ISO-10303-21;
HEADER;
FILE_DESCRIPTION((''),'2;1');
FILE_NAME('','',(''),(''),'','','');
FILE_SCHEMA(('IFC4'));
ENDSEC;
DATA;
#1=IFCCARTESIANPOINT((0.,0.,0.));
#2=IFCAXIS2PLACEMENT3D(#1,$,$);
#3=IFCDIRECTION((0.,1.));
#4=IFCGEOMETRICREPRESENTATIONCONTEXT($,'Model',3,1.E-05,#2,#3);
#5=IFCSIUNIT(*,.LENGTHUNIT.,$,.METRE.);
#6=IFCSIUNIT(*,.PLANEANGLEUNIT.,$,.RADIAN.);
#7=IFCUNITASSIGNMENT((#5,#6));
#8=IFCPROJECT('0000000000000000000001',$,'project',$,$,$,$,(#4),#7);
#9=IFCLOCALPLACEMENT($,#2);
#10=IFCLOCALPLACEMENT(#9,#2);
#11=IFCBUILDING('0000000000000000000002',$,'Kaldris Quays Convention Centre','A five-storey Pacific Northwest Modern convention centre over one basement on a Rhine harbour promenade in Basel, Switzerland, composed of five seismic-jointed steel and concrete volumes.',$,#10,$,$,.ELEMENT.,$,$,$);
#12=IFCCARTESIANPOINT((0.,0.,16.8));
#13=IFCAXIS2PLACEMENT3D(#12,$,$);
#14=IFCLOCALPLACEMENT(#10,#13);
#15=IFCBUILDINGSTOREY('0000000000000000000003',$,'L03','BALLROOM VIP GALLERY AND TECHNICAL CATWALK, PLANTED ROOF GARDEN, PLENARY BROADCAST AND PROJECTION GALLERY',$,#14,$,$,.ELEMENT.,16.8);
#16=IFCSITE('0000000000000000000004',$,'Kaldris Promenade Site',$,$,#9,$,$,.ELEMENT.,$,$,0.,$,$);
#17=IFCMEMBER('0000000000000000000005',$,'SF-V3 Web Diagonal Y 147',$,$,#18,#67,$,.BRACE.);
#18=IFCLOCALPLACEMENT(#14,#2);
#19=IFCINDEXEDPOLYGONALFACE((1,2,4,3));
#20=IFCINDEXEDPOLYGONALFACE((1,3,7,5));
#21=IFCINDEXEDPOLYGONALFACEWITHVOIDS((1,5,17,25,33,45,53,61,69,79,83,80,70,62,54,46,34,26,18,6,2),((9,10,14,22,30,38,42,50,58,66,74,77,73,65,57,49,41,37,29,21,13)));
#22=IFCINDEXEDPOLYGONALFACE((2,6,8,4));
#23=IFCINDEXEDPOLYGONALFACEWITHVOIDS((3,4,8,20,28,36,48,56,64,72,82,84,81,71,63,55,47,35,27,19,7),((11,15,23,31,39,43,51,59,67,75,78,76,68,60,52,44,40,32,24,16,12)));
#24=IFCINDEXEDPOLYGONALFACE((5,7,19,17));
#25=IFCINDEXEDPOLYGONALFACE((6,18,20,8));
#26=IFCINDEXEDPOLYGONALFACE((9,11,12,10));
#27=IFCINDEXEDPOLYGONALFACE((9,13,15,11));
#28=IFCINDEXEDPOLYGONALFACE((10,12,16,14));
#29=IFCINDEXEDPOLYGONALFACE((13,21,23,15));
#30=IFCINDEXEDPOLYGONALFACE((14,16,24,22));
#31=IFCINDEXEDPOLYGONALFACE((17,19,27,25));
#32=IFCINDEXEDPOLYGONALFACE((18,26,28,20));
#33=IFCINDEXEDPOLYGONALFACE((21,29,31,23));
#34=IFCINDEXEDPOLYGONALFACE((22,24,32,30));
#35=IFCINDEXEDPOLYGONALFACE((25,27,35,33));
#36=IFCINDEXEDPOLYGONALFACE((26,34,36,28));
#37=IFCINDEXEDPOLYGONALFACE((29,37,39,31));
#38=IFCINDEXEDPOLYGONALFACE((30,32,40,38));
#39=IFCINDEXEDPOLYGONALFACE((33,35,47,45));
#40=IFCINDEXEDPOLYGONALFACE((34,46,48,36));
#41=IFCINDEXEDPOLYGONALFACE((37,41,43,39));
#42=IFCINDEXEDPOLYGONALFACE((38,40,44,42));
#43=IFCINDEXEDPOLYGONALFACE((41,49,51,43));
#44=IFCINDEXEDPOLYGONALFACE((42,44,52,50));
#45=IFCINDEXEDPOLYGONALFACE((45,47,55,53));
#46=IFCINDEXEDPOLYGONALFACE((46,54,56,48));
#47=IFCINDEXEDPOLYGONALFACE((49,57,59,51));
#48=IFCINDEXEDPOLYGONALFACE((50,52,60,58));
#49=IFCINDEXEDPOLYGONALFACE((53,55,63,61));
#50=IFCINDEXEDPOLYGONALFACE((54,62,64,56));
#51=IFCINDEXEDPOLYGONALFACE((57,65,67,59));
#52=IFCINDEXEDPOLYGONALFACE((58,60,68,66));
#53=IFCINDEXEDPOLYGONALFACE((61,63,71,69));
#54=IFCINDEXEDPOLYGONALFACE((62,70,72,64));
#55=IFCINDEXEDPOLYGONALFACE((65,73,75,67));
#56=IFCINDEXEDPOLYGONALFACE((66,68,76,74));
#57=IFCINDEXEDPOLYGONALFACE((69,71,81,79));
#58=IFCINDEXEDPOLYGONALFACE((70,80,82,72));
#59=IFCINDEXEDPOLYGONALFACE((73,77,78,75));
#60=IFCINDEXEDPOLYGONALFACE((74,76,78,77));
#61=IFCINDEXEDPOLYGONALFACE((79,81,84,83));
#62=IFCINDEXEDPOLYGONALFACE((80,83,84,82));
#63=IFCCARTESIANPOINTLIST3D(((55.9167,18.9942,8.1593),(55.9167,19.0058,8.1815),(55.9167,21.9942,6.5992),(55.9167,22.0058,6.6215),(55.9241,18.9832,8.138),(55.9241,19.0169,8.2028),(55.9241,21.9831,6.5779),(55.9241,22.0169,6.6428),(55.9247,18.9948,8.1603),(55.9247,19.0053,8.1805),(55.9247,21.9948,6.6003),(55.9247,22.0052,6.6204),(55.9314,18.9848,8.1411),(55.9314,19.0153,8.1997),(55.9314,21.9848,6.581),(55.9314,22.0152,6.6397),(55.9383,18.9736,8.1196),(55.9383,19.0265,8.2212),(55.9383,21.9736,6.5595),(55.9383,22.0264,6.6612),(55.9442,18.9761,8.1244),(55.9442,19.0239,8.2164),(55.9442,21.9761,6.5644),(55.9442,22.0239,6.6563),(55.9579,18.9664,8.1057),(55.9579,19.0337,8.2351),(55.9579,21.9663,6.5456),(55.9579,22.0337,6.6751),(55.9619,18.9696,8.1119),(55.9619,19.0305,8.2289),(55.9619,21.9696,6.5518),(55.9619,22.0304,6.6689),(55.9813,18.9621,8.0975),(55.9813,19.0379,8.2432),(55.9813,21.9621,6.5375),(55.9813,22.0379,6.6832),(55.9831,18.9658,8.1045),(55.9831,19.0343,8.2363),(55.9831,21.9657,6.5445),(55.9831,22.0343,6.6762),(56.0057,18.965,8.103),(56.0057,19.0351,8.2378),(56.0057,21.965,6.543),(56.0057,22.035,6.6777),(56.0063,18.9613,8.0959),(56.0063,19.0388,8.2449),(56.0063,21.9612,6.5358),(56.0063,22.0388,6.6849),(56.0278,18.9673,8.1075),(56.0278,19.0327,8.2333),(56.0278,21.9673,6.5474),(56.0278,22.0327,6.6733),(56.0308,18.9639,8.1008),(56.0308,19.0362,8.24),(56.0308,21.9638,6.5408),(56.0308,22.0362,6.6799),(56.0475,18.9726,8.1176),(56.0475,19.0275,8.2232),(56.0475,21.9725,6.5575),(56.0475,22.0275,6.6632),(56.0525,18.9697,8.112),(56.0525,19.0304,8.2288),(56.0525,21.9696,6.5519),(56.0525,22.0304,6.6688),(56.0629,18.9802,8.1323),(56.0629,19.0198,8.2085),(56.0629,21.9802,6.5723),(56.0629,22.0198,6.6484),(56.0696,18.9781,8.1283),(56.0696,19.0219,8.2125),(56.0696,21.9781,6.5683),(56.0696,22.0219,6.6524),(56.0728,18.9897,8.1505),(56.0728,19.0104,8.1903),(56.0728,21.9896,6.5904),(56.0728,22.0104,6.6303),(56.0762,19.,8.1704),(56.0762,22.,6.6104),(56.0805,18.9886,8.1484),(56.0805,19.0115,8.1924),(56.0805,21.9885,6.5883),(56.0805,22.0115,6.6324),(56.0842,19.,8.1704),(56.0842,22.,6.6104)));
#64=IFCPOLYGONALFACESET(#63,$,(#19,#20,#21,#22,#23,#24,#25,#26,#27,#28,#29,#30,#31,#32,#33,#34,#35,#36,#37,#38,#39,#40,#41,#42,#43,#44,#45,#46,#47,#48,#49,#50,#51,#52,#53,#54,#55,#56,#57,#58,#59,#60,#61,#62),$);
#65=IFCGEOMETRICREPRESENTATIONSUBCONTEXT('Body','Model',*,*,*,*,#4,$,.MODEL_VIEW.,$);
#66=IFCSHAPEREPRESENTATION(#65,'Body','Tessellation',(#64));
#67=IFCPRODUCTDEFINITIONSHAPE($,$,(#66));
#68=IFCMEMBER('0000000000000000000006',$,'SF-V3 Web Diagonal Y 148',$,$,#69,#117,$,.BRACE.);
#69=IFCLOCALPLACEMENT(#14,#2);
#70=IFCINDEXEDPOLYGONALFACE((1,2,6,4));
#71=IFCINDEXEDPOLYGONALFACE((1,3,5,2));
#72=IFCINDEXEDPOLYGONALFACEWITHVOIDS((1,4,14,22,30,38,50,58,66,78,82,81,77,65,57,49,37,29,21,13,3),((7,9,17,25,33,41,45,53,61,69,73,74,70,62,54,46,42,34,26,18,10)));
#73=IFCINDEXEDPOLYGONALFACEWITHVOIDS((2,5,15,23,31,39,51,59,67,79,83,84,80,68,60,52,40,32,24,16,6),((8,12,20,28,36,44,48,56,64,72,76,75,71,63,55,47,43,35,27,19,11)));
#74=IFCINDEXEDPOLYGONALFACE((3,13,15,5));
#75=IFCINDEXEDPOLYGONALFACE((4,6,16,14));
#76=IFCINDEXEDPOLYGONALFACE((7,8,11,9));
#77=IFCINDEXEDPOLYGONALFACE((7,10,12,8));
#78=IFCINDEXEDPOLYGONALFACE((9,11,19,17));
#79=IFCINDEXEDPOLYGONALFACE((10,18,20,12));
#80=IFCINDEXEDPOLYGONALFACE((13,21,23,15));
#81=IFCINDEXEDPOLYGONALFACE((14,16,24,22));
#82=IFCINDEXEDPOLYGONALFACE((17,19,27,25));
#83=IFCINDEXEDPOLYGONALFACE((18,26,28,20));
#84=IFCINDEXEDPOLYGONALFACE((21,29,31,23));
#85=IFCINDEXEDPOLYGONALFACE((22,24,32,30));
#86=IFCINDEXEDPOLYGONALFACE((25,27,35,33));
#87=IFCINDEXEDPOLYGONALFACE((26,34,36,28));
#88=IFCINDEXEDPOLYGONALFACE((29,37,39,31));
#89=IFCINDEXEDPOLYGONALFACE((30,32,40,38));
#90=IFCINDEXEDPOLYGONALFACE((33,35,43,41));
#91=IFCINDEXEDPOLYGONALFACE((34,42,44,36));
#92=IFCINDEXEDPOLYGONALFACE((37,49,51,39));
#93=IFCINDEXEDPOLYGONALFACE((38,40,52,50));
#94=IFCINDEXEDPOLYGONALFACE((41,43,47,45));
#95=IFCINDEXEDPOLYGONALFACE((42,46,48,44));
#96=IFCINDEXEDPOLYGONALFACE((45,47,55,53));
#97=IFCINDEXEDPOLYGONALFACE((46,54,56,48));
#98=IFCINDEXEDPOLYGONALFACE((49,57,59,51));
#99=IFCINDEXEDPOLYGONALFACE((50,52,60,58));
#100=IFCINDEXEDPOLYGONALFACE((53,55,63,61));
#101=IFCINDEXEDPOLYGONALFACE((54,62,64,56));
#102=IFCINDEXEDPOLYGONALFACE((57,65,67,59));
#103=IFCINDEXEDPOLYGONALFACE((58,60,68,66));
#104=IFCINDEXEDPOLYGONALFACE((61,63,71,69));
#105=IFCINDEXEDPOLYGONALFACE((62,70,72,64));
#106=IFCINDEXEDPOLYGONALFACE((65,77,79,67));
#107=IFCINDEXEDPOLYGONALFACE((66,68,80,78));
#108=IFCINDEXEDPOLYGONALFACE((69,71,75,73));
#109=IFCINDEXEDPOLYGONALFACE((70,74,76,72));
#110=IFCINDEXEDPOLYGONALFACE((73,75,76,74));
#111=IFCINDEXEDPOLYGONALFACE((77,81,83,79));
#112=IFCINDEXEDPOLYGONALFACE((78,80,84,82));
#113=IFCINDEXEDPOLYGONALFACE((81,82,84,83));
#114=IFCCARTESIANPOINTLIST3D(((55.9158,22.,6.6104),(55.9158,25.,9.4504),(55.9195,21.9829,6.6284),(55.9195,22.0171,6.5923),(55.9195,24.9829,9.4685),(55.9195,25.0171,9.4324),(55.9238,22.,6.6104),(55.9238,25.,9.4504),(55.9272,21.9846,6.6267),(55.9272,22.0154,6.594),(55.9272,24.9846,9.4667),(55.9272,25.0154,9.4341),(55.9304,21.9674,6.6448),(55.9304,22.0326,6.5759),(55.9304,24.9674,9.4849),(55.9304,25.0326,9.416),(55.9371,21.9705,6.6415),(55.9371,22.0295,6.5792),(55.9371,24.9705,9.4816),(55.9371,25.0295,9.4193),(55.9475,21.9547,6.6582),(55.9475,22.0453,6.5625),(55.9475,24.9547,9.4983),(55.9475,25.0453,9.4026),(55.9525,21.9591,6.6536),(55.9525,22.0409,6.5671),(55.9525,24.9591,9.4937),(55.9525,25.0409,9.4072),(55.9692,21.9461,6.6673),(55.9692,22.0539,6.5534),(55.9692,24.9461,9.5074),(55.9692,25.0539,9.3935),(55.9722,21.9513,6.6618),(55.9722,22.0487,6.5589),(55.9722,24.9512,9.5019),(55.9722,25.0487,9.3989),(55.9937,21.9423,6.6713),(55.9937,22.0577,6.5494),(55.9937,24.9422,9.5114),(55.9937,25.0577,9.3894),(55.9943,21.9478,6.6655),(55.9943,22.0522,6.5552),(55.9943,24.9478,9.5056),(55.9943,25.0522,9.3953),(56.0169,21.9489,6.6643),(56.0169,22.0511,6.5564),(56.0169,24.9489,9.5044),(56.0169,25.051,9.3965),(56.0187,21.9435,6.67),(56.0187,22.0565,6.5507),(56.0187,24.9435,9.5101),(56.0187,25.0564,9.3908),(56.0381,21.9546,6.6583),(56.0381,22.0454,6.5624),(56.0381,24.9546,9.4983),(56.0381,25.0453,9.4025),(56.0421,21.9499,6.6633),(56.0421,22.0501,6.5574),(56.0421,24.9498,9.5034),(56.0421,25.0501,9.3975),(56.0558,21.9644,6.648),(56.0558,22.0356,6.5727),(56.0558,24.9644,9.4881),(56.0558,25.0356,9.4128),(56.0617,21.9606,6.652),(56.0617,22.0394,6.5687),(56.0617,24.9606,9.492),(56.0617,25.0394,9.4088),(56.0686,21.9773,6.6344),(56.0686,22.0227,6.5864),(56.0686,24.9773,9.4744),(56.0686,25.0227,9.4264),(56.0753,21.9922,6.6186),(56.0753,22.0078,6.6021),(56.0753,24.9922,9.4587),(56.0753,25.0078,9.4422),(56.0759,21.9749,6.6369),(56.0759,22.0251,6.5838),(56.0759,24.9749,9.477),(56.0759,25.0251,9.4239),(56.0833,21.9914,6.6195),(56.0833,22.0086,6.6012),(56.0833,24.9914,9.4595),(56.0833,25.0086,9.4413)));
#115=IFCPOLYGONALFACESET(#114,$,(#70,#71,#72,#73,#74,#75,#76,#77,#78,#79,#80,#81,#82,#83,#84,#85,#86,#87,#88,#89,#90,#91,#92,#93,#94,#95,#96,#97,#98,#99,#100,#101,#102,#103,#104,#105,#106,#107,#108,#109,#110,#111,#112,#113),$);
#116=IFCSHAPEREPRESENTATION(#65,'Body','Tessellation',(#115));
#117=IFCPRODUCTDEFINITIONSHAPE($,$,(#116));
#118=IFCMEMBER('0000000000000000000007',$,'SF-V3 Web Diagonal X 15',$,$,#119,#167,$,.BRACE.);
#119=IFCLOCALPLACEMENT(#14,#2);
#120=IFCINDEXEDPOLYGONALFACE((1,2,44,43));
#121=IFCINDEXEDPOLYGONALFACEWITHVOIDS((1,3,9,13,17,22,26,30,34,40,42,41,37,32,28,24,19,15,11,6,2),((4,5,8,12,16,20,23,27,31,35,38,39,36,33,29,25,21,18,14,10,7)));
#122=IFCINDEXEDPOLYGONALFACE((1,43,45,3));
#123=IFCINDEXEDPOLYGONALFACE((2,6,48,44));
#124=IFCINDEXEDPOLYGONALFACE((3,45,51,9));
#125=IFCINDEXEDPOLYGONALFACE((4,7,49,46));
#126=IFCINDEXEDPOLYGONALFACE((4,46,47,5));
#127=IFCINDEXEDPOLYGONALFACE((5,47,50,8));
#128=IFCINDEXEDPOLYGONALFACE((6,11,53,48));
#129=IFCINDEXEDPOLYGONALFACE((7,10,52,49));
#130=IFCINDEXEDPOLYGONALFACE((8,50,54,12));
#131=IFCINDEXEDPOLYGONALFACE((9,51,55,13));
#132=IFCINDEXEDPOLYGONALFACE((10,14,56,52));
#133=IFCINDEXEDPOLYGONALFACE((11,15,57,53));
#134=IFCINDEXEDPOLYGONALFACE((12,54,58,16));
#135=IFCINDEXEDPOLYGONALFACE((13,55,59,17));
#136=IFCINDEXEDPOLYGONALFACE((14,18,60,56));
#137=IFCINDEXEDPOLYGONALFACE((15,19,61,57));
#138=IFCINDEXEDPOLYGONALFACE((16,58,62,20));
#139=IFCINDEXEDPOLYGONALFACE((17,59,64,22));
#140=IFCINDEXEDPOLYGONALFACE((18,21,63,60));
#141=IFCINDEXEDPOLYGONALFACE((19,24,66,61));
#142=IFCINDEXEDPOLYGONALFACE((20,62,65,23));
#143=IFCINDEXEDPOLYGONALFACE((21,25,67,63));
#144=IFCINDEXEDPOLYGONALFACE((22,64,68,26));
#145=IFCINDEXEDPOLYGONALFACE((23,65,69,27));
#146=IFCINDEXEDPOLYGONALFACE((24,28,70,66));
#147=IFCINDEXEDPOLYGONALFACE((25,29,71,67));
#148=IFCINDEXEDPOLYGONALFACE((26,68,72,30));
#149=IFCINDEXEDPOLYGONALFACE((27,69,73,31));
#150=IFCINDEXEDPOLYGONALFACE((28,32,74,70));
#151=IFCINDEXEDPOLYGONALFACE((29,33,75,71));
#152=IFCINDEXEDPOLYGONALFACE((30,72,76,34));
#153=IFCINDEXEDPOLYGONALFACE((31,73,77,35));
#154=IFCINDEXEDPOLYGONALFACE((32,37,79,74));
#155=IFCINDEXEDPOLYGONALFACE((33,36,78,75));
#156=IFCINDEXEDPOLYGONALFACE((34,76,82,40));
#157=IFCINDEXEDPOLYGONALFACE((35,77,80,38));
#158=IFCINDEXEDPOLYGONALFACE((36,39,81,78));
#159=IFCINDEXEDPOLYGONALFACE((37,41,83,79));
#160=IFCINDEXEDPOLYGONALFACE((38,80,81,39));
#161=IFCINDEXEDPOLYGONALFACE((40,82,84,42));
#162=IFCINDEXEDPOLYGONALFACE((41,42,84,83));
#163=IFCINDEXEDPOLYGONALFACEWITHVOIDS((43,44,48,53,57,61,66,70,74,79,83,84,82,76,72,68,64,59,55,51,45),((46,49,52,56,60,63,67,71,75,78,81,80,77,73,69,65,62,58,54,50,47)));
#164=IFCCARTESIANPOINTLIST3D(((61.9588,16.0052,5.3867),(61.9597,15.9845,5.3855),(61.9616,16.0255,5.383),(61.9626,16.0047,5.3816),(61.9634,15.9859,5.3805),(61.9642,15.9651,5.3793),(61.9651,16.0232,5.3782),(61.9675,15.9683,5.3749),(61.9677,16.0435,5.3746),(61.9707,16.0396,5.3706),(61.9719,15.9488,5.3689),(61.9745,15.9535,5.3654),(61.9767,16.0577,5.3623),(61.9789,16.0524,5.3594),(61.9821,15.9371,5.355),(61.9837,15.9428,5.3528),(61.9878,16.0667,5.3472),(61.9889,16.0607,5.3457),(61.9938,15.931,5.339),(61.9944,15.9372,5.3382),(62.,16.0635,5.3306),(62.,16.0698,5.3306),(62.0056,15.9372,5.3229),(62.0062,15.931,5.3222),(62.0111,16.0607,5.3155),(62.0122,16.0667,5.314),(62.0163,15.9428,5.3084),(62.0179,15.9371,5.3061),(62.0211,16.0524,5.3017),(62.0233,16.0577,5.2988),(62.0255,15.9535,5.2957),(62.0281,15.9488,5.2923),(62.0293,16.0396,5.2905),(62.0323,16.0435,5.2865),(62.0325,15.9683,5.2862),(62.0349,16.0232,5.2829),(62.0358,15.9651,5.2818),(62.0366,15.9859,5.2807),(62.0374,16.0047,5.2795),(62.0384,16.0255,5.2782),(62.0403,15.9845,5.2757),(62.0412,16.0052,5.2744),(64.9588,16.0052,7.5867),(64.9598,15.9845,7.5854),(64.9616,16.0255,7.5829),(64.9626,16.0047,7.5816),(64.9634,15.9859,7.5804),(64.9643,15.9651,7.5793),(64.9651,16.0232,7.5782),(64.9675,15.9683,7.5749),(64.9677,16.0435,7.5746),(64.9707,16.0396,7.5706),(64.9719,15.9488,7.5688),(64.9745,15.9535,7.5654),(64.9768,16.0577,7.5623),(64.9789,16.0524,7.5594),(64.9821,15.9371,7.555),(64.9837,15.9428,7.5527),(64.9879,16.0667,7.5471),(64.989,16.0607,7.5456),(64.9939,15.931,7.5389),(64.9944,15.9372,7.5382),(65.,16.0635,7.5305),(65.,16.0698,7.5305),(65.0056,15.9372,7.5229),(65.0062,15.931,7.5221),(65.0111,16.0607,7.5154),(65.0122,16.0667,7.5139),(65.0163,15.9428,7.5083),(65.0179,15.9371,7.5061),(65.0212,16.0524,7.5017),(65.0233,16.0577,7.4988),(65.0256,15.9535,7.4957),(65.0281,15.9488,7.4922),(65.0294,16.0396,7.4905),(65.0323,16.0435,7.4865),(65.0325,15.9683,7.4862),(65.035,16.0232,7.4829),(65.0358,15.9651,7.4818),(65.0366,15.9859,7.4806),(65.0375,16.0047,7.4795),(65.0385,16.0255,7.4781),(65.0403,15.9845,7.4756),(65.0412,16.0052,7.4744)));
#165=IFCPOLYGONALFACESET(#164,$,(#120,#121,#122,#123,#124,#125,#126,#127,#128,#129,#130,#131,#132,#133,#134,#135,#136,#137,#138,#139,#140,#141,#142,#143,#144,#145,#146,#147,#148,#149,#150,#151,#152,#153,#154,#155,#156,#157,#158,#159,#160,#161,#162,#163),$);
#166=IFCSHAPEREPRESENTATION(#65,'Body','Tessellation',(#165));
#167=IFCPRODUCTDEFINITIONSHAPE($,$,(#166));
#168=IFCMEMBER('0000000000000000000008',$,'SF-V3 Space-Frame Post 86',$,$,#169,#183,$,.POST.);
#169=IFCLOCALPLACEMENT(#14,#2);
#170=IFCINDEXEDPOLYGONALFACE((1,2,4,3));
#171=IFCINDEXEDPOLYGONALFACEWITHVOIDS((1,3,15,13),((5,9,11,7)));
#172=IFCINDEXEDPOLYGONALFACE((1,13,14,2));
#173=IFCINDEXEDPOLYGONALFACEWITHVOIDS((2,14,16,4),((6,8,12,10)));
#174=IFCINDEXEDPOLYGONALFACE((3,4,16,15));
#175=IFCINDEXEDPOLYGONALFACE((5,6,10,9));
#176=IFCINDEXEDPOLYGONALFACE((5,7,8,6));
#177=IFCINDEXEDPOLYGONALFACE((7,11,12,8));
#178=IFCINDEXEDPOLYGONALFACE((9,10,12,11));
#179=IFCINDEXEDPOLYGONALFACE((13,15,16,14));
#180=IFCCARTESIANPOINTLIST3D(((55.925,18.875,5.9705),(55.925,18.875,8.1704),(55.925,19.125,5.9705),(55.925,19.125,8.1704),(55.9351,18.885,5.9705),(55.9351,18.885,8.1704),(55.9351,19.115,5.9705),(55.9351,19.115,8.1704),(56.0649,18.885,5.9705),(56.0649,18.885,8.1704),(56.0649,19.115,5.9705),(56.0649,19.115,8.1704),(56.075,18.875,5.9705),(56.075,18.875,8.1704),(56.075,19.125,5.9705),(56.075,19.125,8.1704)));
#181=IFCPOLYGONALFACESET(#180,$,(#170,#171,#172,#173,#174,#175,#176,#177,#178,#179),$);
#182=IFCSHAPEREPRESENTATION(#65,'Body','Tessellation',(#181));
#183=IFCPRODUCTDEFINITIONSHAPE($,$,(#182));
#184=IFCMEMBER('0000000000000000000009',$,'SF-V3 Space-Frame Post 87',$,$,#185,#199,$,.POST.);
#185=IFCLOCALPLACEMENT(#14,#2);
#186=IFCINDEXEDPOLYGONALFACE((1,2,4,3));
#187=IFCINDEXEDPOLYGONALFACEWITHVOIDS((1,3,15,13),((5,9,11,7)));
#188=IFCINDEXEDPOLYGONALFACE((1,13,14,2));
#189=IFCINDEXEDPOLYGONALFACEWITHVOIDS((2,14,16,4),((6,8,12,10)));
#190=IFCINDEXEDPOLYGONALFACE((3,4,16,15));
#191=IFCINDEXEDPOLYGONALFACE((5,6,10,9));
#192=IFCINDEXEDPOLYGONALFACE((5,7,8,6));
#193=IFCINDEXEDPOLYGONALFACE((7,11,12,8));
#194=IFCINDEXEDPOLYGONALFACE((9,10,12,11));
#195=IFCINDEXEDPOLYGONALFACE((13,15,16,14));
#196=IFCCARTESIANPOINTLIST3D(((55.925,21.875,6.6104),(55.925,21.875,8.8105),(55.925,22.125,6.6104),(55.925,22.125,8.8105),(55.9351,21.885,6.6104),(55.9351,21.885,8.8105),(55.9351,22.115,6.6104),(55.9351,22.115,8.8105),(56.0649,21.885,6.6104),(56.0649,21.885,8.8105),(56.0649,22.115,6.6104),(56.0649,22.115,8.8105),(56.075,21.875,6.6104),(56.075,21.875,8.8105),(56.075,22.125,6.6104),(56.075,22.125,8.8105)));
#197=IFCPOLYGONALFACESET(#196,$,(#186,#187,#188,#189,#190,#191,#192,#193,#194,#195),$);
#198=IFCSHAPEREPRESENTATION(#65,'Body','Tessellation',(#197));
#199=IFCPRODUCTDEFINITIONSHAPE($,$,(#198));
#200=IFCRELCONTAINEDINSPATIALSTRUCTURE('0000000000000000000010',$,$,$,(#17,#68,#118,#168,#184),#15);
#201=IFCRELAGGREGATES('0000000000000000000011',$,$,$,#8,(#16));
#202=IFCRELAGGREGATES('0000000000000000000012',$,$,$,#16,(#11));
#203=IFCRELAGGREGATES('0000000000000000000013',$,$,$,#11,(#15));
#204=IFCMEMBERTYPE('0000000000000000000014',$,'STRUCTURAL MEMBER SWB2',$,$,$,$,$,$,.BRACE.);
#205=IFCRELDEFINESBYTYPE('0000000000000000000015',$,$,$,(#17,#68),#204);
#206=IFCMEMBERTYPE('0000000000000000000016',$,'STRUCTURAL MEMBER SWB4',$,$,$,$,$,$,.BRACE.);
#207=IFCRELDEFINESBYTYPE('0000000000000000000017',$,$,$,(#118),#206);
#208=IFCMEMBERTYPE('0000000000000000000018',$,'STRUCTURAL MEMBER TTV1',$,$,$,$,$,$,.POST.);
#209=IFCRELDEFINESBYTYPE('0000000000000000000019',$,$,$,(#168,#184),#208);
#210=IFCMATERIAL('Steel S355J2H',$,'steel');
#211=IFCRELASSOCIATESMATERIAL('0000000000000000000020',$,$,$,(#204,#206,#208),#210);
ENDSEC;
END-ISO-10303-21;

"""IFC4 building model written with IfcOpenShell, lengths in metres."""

from ifc_helpers import new_model, si_unit, direction, frame, origin, origin_2d, place, context, subcontext, project, spatial, hollow_rectangle, hollow_circle, extrude, material, material_profile, profile_set, type_object, element, save


model = new_model("IFC4")

# Units and contexts
model_context = context("Model", 3, precision=1e-05, world=origin(), true_north=direction((0.0, 1.0)))
body_context = subcontext(model_context, "Body", "Model", "MODEL_VIEW")
ifc_project = project(units=[si_unit("LENGTHUNIT", "METRE"), si_unit("PLANEANGLEUNIT", "RADIAN")], contexts=[model_context])

# Site, building, storey
site_placement = place(None, origin())
site = spatial("IfcSite", under=ifc_project, at=site_placement, Name="Kaldris Promenade Site", CompositionType="ELEMENT", RefElevation=0.0)
building_placement = place(site_placement, origin())
building = spatial("IfcBuilding", under=site, at=building_placement, Name="Kaldris Quays Convention Centre", Description="A five-storey Pacific Northwest Modern convention centre over one basement on a Rhine harbour promenade in Basel, Switzerland, composed of five seismic-jointed steel and concrete volumes.", CompositionType="ELEMENT")
storey_placement = place(building_placement, frame((0.0, 0.0, 16.8)))
storey = spatial("IfcBuildingStorey", under=building, at=storey_placement, Name="L03", Description="BALLROOM VIP GALLERY AND TECHNICAL CATWALK, PLANTED ROOF GARDEN, PLENARY BROADCAST AND PROJECTION GALLERY", CompositionType="ELEMENT", Elevation=16.8)

# Members
ifc_material_1 = material(Name="Steel S355J2H", Category="steel")
ifc_material_profile_1 = material_profile(ifc_material_1, hollow_circle(Radius=0.0842, WallThickness=0.0081, at=origin_2d()), Name="CHS 168.3x8")
ifc_profile_set_1 = profile_set([ifc_material_profile_1], Name="Steel S355J2H")
member_type_1 = type_object("IfcMemberType", Name="STRUCTURAL MEMBER SWB2", PredefinedType="BRACE", material=ifc_profile_set_1)
member_1_placement = place(storey_placement, frame((56.0, 22.0, 6.6104), z_axis=(0.0, -0.88721, 0.461366), x_axis=(1.0, 0.0, 0.0)))
element("IfcMember", 1, at=member_1_placement, inside=storey, type_object=member_type_1, Name="SF-V3 Web Diagonal Y 147", PredefinedType="BRACE", context=body_context, shape_type="SweptSolid", body=[
    extrude(hollow_circle(Radius=0.0842, WallThickness=0.0081, at=origin_2d()), origin(), (0.0, 0.0, 1.0), 3.3813),
])
member_2_placement = place(storey_placement, frame((56.0, 22.0, 6.6104), z_axis=(0.0, 0.726196, 0.687487), x_axis=(-1.0, 0.0, 0.0)))
element("IfcMember", 2, at=member_2_placement, inside=storey, type_object=member_type_1, Name="SF-V3 Web Diagonal Y 148", PredefinedType="BRACE", context=body_context, shape_type="SweptSolid", body=[
    extrude(hollow_circle(Radius=0.0842, WallThickness=0.0081, at=origin_2d()), origin(), (0.0, 0.0, 1.0), 4.1311),
])
ifc_material_profile_2 = material_profile(ifc_material_1, hollow_circle(Radius=0.0698, WallThickness=0.0063, at=origin_2d()), Name="CHS 139.7x6.3")
ifc_profile_set_2 = profile_set([ifc_material_profile_2], Name="Steel S355J2H")
member_type_2 = type_object("IfcMemberType", Name="STRUCTURAL MEMBER SWB4", PredefinedType="BRACE", material=ifc_profile_set_2)
member_3_placement = place(storey_placement, frame((62.0, 16.0, 5.3306), z_axis=(0.806411, 0.0, 0.591355), x_axis=(0.0, 1.0, 0.0)))
element("IfcMember", 3, at=member_3_placement, inside=storey, type_object=member_type_2, Name="SF-V3 Web Diagonal X 15", PredefinedType="BRACE", context=body_context, shape_type="SweptSolid", body=[
    extrude(hollow_circle(Radius=0.0698, WallThickness=0.0063, at=origin_2d()), origin(), (0.0, 0.0, 1.0), 3.7202),
])
ifc_material_profile_3 = material_profile(ifc_material_1, hollow_rectangle(XDim=0.1499, YDim=0.25, WallThickness=0.01, at=origin_2d()), Name="RHS 250x150x10")
ifc_profile_set_3 = profile_set([ifc_material_profile_3], Name="Steel S355J2H")
member_type_3 = type_object("IfcMemberType", Name="STRUCTURAL MEMBER TTV1", PredefinedType="POST", material=ifc_profile_set_3)
member_4_placement = place(storey_placement, frame((56.0, 19.0, 5.9705), z_axis=(0.0, 0.0, 1.0), x_axis=(1.0, 0.0, 0.0)))
element("IfcMember", 4, at=member_4_placement, inside=storey, type_object=member_type_3, Name="SF-V3 Space-Frame Post 86", PredefinedType="POST", context=body_context, shape_type="SweptSolid", body=[
    extrude(hollow_rectangle(XDim=0.1499, YDim=0.25, WallThickness=0.01, at=origin_2d()), origin(), (0.0, 0.0, 1.0), 2.2),
])
member_5_placement = place(storey_placement, frame((56.0, 22.0, 6.6104), z_axis=(0.0, 0.0, 1.0), x_axis=(1.0, 0.0, 0.0)))
element("IfcMember", 5, at=member_5_placement, inside=storey, type_object=member_type_3, Name="SF-V3 Space-Frame Post 87", PredefinedType="POST", context=body_context, shape_type="SweptSolid", body=[
    extrude(hollow_rectangle(XDim=0.1499, YDim=0.25, WallThickness=0.01, at=origin_2d()), origin(), (0.0, 0.0, 1.0), 2.2002),
])

save(model, "model.ifc")
